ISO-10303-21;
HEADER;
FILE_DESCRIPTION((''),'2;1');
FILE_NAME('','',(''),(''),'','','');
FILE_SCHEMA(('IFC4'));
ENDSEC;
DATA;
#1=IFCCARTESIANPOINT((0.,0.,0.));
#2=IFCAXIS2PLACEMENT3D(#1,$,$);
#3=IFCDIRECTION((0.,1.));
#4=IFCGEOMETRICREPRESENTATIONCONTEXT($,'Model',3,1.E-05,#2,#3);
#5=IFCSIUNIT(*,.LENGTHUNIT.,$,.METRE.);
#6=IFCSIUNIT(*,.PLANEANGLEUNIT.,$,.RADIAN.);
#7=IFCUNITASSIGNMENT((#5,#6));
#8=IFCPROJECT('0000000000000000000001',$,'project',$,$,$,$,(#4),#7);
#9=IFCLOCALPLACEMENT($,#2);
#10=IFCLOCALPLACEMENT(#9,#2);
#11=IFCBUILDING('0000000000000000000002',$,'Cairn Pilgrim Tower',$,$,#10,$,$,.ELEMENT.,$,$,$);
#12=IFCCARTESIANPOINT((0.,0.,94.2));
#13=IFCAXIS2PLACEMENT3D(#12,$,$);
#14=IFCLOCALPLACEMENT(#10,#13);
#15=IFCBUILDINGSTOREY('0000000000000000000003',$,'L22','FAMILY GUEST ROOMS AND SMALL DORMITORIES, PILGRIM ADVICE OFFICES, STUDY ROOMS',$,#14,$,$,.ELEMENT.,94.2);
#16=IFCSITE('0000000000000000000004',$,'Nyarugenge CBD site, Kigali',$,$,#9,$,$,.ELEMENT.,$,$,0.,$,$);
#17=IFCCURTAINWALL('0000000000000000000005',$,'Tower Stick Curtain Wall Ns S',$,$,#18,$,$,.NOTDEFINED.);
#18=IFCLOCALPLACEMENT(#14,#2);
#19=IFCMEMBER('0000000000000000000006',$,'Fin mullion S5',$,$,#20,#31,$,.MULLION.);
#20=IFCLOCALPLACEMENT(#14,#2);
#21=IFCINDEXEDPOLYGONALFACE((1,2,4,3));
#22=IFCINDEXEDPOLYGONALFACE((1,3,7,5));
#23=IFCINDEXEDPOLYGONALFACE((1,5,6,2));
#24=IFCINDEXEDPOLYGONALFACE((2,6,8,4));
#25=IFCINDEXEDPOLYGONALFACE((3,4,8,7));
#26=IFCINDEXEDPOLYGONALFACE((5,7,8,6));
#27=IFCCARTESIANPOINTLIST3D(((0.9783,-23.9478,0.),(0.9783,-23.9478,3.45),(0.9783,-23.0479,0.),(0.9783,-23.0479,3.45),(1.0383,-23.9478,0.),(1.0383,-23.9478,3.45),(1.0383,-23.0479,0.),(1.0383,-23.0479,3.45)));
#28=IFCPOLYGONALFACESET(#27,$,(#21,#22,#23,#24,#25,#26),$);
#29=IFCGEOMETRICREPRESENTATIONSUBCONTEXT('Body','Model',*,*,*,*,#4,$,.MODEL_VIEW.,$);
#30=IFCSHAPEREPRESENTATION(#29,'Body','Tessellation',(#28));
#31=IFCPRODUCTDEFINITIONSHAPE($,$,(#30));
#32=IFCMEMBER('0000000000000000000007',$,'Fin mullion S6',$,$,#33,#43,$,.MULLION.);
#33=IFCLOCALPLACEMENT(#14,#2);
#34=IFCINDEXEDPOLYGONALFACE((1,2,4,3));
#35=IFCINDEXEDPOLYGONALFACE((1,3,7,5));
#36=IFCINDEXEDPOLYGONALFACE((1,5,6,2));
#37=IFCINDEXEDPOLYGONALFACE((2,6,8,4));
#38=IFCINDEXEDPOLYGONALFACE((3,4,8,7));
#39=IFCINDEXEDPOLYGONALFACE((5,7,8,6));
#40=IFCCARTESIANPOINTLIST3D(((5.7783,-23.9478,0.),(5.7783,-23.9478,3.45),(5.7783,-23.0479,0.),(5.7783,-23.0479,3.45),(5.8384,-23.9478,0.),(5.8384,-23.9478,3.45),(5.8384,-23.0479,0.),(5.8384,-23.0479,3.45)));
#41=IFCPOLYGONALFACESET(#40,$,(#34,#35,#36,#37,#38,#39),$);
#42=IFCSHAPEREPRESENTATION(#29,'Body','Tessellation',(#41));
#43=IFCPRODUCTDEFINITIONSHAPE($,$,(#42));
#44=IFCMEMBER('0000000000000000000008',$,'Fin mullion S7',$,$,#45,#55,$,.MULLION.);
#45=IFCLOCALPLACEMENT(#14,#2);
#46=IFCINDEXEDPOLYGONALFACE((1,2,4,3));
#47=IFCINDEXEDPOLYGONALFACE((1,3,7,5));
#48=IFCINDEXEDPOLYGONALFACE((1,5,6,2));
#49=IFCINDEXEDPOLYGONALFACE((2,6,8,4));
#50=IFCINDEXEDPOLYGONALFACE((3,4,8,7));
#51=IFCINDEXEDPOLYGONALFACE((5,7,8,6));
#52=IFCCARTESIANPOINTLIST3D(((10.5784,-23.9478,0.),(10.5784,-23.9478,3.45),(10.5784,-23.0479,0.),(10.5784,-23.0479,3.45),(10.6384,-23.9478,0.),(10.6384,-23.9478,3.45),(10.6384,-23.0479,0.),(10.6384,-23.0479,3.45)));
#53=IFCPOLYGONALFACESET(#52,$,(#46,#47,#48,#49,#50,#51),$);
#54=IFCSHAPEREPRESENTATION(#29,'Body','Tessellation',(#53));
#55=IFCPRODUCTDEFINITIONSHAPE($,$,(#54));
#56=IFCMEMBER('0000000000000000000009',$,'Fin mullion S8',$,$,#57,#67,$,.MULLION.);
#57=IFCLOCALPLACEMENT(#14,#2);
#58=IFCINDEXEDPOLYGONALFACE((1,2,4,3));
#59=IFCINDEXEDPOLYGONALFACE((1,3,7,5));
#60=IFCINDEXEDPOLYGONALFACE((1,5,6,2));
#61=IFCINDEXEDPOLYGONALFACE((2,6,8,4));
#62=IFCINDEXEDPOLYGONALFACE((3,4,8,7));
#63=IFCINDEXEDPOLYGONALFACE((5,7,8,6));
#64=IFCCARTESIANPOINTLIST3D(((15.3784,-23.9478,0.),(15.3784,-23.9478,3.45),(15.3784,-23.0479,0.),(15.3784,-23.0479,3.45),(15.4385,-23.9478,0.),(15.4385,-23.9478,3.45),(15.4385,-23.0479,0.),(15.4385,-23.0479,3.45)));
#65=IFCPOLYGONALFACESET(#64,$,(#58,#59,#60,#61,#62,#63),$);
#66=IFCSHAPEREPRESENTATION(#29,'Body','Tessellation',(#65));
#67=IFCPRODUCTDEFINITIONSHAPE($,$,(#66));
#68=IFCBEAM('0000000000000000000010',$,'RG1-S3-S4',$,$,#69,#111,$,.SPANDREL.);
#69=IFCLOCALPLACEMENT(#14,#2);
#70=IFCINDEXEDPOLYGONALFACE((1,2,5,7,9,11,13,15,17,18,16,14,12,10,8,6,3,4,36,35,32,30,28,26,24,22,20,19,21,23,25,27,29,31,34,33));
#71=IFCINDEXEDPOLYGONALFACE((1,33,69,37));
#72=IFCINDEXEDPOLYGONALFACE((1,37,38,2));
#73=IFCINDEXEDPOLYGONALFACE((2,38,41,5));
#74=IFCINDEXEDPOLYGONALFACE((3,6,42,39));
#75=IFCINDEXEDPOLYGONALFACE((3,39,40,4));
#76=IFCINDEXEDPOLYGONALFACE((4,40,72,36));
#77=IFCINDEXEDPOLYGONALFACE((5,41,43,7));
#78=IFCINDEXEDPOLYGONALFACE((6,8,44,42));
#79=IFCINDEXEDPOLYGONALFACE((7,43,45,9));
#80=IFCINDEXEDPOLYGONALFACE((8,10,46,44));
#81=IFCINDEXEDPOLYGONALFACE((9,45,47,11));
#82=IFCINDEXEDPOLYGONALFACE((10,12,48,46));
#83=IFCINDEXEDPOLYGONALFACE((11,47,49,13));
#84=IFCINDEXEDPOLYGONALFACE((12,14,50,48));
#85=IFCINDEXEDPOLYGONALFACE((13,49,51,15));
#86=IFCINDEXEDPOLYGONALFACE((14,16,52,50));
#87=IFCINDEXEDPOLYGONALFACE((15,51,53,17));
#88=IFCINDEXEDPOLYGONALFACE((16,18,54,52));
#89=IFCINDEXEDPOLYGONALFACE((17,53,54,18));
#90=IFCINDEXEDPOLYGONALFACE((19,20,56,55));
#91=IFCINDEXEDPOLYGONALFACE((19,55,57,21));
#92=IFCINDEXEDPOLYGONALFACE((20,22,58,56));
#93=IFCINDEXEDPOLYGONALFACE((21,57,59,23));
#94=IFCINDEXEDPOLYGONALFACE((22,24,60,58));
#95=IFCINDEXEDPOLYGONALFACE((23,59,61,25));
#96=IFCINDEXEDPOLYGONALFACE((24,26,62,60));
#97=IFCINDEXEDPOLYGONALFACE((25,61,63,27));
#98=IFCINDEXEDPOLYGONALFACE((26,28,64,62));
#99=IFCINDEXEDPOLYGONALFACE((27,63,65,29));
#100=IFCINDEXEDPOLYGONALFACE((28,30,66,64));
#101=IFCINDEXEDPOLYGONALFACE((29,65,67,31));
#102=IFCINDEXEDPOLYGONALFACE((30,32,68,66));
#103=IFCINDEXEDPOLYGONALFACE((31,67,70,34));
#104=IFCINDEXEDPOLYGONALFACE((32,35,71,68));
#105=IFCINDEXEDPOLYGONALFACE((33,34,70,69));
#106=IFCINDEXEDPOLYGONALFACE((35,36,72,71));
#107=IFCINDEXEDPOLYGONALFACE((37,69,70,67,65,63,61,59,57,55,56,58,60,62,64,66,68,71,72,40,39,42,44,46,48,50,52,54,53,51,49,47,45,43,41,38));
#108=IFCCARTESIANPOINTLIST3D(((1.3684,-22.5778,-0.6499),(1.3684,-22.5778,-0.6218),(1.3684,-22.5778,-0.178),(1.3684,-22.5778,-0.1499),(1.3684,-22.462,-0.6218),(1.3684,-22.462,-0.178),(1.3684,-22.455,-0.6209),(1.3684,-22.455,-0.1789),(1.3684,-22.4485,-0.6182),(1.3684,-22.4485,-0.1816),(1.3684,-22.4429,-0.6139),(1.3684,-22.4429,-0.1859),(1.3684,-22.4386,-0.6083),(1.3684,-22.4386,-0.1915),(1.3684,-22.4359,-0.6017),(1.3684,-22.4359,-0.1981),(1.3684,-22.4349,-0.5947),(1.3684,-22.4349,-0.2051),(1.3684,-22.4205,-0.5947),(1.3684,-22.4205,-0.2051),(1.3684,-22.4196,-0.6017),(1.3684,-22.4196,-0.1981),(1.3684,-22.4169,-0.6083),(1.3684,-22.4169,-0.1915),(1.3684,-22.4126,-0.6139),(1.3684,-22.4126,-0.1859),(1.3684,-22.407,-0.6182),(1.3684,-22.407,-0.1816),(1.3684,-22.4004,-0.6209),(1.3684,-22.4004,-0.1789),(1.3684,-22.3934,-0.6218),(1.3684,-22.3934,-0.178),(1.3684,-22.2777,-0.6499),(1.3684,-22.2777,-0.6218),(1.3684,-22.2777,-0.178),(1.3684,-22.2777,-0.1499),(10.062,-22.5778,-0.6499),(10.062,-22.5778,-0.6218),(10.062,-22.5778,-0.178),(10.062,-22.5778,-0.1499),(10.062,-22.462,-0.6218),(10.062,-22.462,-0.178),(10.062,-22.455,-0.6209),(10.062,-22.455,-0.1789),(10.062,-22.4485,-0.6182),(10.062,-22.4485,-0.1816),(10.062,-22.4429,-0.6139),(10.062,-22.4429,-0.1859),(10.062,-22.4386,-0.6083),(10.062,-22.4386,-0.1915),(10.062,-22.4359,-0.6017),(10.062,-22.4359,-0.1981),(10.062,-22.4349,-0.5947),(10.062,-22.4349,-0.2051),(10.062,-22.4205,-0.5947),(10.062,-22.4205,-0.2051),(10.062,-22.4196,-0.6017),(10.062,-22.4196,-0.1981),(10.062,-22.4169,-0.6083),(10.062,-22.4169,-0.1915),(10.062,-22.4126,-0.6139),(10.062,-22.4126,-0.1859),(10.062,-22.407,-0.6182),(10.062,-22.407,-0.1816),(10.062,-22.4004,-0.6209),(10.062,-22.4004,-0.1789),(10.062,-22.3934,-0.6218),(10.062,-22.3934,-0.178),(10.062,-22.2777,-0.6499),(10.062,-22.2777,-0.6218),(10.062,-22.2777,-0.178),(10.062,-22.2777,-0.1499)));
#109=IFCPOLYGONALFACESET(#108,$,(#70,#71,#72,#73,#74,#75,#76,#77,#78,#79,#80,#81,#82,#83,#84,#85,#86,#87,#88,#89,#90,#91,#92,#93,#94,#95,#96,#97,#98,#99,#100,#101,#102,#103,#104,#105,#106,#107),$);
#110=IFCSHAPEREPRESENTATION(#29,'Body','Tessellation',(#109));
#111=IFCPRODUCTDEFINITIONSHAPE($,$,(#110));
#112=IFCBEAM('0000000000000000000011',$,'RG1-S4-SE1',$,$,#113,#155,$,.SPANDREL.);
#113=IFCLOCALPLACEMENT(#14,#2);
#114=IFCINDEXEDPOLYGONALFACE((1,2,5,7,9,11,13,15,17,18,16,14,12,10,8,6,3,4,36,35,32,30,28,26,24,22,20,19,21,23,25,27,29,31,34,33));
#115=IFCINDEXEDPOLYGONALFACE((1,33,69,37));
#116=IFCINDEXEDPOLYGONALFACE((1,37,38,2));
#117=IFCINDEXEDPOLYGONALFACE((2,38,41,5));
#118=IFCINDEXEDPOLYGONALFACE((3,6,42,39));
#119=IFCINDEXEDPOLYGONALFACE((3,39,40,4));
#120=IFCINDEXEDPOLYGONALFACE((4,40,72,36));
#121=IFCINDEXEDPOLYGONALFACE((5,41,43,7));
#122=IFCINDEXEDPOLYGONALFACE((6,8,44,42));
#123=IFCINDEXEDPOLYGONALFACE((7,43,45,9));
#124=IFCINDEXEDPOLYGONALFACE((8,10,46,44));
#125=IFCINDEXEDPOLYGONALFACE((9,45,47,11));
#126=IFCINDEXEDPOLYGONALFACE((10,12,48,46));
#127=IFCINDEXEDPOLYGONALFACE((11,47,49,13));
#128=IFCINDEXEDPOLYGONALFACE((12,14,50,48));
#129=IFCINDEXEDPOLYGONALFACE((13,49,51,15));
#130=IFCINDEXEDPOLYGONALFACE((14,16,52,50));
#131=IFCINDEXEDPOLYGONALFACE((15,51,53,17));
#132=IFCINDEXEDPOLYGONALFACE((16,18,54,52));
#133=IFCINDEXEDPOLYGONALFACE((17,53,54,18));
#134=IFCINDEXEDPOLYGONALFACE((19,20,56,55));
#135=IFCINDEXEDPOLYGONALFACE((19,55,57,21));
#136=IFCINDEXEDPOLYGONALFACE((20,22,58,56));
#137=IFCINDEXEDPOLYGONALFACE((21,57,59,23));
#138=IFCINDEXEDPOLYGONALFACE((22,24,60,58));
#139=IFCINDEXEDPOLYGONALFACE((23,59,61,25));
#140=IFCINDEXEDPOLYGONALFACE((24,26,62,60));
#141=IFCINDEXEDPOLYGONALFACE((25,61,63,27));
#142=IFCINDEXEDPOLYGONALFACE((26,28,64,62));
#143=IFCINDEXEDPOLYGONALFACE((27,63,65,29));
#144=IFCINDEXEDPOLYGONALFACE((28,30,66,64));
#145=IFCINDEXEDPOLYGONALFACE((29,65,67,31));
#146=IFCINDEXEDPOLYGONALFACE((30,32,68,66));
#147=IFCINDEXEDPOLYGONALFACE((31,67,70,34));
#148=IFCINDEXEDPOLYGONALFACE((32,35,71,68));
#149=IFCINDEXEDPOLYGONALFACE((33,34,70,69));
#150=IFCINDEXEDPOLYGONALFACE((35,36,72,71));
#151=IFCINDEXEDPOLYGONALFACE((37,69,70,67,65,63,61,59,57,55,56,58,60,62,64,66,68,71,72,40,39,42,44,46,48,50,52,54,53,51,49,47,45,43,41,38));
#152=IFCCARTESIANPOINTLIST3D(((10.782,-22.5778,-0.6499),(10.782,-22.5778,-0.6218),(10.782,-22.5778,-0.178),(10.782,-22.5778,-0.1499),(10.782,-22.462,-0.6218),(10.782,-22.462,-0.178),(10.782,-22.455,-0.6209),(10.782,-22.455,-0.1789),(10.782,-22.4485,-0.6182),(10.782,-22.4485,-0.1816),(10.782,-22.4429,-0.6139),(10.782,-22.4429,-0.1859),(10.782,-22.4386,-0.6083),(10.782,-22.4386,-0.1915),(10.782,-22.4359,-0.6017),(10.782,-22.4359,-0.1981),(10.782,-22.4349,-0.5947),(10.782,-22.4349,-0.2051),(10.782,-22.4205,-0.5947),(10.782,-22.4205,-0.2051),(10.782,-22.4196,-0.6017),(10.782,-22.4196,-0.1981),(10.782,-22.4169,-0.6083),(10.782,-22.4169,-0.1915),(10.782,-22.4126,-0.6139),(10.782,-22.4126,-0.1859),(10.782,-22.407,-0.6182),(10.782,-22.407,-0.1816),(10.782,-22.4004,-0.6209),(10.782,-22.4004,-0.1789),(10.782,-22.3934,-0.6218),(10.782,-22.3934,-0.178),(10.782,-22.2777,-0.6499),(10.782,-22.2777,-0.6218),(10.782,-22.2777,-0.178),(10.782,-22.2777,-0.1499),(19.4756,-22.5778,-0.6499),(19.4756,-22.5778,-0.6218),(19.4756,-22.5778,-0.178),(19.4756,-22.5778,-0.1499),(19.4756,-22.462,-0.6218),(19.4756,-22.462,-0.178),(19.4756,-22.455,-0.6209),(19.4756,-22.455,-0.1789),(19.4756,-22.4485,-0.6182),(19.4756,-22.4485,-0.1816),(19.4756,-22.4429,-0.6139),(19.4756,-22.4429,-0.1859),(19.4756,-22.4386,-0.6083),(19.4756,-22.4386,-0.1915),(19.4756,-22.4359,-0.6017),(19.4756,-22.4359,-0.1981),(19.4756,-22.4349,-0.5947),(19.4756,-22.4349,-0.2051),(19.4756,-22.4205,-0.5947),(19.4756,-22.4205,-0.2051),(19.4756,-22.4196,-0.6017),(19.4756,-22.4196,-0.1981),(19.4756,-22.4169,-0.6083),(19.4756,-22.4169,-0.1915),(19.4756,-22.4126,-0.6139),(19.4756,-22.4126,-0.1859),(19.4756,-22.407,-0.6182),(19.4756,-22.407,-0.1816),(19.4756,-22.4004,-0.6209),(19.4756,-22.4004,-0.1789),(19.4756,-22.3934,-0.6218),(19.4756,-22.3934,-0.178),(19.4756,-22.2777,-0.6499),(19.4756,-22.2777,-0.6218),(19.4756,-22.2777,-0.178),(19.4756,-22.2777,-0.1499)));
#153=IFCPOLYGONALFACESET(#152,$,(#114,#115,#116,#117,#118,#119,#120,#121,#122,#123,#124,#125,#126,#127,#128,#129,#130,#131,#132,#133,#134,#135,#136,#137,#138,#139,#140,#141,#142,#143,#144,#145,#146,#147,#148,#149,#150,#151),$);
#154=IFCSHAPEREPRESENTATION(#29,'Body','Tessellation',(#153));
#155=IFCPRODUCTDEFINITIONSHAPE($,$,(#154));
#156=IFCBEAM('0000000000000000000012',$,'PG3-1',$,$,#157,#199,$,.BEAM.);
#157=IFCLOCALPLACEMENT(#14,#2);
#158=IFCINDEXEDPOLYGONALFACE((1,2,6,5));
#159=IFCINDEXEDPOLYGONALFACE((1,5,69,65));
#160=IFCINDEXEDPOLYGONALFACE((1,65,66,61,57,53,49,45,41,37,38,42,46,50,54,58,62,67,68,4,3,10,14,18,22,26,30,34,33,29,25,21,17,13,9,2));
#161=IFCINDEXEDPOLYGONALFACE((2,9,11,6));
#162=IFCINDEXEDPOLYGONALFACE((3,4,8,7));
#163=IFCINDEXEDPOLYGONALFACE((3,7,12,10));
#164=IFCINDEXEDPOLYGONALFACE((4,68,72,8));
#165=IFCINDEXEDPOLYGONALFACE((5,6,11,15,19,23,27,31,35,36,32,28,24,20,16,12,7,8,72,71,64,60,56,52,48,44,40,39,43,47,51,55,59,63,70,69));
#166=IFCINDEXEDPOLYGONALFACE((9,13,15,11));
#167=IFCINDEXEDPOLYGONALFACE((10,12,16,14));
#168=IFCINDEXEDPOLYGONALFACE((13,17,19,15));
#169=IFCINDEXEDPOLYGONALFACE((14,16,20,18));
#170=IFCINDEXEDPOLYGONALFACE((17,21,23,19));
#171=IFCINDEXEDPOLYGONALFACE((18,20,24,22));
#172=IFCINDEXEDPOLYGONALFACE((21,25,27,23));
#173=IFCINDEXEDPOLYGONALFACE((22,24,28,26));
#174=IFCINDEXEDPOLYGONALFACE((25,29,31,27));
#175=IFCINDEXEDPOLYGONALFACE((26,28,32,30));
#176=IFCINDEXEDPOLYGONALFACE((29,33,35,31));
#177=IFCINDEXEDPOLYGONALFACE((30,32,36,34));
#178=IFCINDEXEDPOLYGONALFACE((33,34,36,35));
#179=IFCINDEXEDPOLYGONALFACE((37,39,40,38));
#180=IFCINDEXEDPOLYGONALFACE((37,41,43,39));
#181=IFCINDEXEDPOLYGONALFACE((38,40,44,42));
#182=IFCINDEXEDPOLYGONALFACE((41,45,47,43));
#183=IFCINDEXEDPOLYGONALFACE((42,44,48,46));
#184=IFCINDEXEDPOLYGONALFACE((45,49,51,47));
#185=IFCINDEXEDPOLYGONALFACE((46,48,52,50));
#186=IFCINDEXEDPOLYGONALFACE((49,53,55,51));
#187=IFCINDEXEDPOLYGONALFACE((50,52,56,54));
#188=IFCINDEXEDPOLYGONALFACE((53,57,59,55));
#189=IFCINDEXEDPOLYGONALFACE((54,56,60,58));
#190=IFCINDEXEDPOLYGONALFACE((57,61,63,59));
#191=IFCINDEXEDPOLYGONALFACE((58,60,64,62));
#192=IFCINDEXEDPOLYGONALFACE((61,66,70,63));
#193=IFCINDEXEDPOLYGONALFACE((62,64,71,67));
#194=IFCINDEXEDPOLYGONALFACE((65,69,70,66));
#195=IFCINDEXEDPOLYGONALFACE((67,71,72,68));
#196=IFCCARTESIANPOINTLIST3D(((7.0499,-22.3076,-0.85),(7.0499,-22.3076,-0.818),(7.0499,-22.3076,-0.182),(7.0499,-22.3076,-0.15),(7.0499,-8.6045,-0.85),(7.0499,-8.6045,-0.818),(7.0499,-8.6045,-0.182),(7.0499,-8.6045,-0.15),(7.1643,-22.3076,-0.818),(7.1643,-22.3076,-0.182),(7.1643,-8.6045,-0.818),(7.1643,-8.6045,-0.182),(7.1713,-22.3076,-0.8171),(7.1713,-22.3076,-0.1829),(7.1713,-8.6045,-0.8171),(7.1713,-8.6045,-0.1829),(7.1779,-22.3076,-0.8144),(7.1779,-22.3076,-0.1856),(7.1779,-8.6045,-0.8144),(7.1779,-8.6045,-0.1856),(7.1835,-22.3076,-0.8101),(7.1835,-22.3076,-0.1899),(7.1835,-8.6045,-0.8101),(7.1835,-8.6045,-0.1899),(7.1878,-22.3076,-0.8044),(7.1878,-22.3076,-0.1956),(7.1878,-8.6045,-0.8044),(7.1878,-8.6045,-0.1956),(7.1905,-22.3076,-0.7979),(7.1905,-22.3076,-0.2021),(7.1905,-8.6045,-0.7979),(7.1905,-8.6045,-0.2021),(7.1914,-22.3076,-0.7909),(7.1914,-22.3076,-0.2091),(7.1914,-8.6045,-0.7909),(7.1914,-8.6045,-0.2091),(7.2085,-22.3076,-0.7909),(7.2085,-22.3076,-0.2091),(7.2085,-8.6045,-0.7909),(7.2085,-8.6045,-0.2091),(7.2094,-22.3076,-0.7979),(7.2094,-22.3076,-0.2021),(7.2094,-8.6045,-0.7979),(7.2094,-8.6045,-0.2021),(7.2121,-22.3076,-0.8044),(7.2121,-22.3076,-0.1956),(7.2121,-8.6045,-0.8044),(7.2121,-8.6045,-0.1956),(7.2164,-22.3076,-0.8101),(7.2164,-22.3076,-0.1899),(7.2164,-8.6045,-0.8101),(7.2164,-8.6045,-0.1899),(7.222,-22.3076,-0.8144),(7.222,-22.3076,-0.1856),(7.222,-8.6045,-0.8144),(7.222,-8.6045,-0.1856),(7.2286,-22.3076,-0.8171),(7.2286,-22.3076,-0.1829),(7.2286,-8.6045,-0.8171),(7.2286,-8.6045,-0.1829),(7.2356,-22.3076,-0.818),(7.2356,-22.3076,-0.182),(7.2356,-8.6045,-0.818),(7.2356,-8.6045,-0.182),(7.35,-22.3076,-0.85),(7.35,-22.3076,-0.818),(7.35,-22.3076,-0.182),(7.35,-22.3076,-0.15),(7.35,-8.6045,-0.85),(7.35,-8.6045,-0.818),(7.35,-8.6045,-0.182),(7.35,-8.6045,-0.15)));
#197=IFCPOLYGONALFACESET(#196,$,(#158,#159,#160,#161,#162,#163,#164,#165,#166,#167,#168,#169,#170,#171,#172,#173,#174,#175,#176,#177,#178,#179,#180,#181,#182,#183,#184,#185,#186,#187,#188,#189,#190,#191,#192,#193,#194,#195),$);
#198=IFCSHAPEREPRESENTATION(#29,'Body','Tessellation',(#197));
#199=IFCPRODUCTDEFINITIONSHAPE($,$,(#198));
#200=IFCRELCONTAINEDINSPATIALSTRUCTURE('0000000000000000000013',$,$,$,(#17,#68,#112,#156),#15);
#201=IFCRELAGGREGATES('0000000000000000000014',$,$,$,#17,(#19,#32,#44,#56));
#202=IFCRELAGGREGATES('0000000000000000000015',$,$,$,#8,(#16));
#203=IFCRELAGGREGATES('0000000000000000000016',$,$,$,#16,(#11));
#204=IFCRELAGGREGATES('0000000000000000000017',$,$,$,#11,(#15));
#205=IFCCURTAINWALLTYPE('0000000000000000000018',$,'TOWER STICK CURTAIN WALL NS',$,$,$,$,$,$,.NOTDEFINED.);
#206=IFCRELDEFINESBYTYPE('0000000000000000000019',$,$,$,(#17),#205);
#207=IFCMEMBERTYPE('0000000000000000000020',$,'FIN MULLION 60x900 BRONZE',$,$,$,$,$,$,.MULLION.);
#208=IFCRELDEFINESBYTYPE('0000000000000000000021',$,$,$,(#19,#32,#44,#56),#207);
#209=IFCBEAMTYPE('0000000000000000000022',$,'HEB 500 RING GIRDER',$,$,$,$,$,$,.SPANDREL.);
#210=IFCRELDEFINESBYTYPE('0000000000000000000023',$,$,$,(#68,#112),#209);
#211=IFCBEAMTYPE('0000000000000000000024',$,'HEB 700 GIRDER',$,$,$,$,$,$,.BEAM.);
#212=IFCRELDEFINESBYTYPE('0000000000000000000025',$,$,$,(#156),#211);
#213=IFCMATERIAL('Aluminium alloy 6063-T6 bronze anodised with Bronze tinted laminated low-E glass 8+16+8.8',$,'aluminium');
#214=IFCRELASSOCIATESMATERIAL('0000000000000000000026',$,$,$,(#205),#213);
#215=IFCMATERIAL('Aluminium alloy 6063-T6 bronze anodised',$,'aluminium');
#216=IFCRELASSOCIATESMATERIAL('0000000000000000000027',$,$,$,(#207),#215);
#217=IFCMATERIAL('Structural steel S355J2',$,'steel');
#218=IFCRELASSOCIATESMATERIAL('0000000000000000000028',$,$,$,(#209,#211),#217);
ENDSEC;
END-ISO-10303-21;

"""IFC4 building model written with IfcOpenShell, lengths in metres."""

from ifc_helpers import new_model, si_unit, direction, frame, origin, origin_2d, place, context, subcontext, project, spatial, rectangle, i_section, extrude, material, material_profile, profile_set, type_object, element, aggregate, save


model = new_model("IFC4")

# Units and contexts
model_context = context("Model", 3, precision=1e-05, world=origin(), true_north=direction((0.0, 1.0)))
body_context = subcontext(model_context, "Body", "Model", "MODEL_VIEW")
ifc_project = project(units=[si_unit("LENGTHUNIT", "METRE"), si_unit("PLANEANGLEUNIT", "RADIAN")], contexts=[model_context])

# Site, building, storey
site_placement = place(None, origin())
site = spatial("IfcSite", under=ifc_project, at=site_placement, Name="Nyarugenge CBD site, Kigali", CompositionType="ELEMENT", RefElevation=0.0)
building_placement = place(site_placement, origin())
building = spatial("IfcBuilding", under=site, at=building_placement, Name="Cairn Pilgrim Tower", CompositionType="ELEMENT")
storey_placement = place(building_placement, frame((0.0, 0.0, 94.2)))
storey = spatial("IfcBuildingStorey", under=building, at=storey_placement, Name="L22", Description="FAMILY GUEST ROOMS AND SMALL DORMITORIES, PILGRIM ADVICE OFFICES, STUDY ROOMS", CompositionType="ELEMENT", Elevation=94.2)

# Curtain wall, members
ifc_material_1 = material(Name="Aluminium alloy 6063-T6 bronze anodised with Bronze tinted laminated low-E glass 8+16+8.8", Category="aluminium")
curtain_wall_type = type_object("IfcCurtainWallType", Name="TOWER STICK CURTAIN WALL NS", PredefinedType="NOTDEFINED", material=ifc_material_1)
curtain_wall_placement = place(storey_placement, origin())
curtain_wall = element("IfcCurtainWall", 1, at=curtain_wall_placement, inside=storey, type_object=curtain_wall_type, Name="Tower Stick Curtain Wall Ns S", PredefinedType="NOTDEFINED")
ifc_material_2 = material(Name="Aluminium alloy 6063-T6 bronze anodised", Category="aluminium")
ifc_material_profile_1 = material_profile(ifc_material_2, rectangle(XDim=0.8999, YDim=0.0601, at=origin_2d()), Name="FIN MULLION 60x900 BRONZE")
ifc_profile_set_1 = profile_set([ifc_material_profile_1], Name="Aluminium alloy 6063-T6 bronze anodised")
member_type_1 = type_object("IfcMemberType", Name="FIN MULLION 60x900 BRONZE", PredefinedType="MULLION", material=ifc_profile_set_1)
member_1_placement = place(storey_placement, frame((1.0083, -23.4978, 0.0), z_axis=(0.0, 0.0, 1.0), x_axis=(0.0, -1.0, 0.0)))
member_1 = element("IfcMember", 2, at=member_1_placement, type_object=member_type_1, Name="Fin mullion S5", PredefinedType="MULLION", context=body_context, shape_type="SweptSolid", body=[
    extrude(rectangle(XDim=0.8999, YDim=0.0601, at=origin_2d()), origin(), (0.0, 0.0, 1.0), 3.45),
])
member_2_placement = place(storey_placement, frame((5.8083, -23.4978, 0.0), z_axis=(0.0, 0.0, 1.0), x_axis=(0.0, -1.0, 0.0)))
member_2 = element("IfcMember", 3, at=member_2_placement, type_object=member_type_1, Name="Fin mullion S6", PredefinedType="MULLION", context=body_context, shape_type="SweptSolid", body=[
    extrude(rectangle(XDim=0.8999, YDim=0.0601, at=origin_2d()), origin(), (0.0, 0.0, 1.0), 3.45),
])
member_3_placement = place(storey_placement, frame((10.6084, -23.4978, 0.0), z_axis=(0.0, 0.0, 1.0), x_axis=(0.0, -1.0, 0.0)))
member_3 = element("IfcMember", 4, at=member_3_placement, type_object=member_type_1, Name="Fin mullion S7", PredefinedType="MULLION", context=body_context, shape_type="SweptSolid", body=[
    extrude(rectangle(XDim=0.8999, YDim=0.0601, at=origin_2d()), origin(), (0.0, 0.0, 1.0), 3.45),
])
member_4_placement = place(storey_placement, frame((15.4084, -23.4978, 0.0), z_axis=(0.0, 0.0, 1.0), x_axis=(0.0, -1.0, 0.0)))
member_4 = element("IfcMember", 5, at=member_4_placement, type_object=member_type_1, Name="Fin mullion S8", PredefinedType="MULLION", context=body_context, shape_type="SweptSolid", body=[
    extrude(rectangle(XDim=0.8999, YDim=0.0601, at=origin_2d()), origin(), (0.0, 0.0, 1.0), 3.45),
])

# Beams
ifc_material_3 = material(Name="Structural steel S355J2", Category="steel")
ifc_material_profile_2 = material_profile(ifc_material_3, i_section(OverallWidth=0.3, OverallDepth=0.5, WebThickness=0.0144, FlangeThickness=0.0281, FilletRadius=0.0271, at=origin_2d()), Name="HEB 500")
ifc_profile_set_2 = profile_set([ifc_material_profile_2], Name="Structural steel S355J2")
beam_type_1 = type_object("IfcBeamType", Name="HEB 500 RING GIRDER", PredefinedType="SPANDREL", material=ifc_profile_set_2)
for number, where, z_axis, x_axis, name in (
    (6, (1.3684, -22.4277, -0.3999), (1.0, 0.0, 0.0), (0.0, 1.0, 0.0), "RG1-S3-S4"),
    (7, (10.782, -22.4277, -0.3999), (1.0, 0.0, 0.0), (0.0, 1.0, 0.0), "RG1-S4-SE1"),
):
    element("IfcBeam", number, at=place(storey_placement, frame(where, z_axis=z_axis, x_axis=x_axis)), inside=storey, type_object=beam_type_1, Name=name, PredefinedType="SPANDREL", context=body_context, shape_type="SweptSolid", body=[
        extrude(i_section(OverallWidth=0.3, OverallDepth=0.5, WebThickness=0.0144, FlangeThickness=0.0281, FilletRadius=0.0271, at=origin_2d()), origin(), (0.0, 0.0, 1.0), 8.6936),
    ])
ifc_material_profile_3 = material_profile(ifc_material_3, i_section(OverallWidth=0.3, OverallDepth=0.7, WebThickness=0.0171, FlangeThickness=0.032, FilletRadius=0.0271, at=origin_2d()), Name="HEB 700")
ifc_profile_set_3 = profile_set([ifc_material_profile_3], Name="Structural steel S355J2")
beam_type_2 = type_object("IfcBeamType", Name="HEB 700 GIRDER", PredefinedType="BEAM", material=ifc_profile_set_3)
beam_placement = place(storey_placement, frame((7.2, -22.3076, -0.5), z_axis=(0.0, 1.0, 0.0), x_axis=(-1.0, 0.0, 0.0)))
element("IfcBeam", 8, at=beam_placement, inside=storey, type_object=beam_type_2, Name="PG3-1", PredefinedType="BEAM", context=body_context, shape_type="SweptSolid", body=[
    extrude(i_section(OverallWidth=0.3, OverallDepth=0.7, WebThickness=0.0171, FlangeThickness=0.032, FilletRadius=0.0271, at=origin_2d()), origin(), (0.0, 0.0, 1.0), 13.7031),
])

aggregate(curtain_wall, [member_1, member_2, member_3, member_4])

save(model, "model.ifc")
